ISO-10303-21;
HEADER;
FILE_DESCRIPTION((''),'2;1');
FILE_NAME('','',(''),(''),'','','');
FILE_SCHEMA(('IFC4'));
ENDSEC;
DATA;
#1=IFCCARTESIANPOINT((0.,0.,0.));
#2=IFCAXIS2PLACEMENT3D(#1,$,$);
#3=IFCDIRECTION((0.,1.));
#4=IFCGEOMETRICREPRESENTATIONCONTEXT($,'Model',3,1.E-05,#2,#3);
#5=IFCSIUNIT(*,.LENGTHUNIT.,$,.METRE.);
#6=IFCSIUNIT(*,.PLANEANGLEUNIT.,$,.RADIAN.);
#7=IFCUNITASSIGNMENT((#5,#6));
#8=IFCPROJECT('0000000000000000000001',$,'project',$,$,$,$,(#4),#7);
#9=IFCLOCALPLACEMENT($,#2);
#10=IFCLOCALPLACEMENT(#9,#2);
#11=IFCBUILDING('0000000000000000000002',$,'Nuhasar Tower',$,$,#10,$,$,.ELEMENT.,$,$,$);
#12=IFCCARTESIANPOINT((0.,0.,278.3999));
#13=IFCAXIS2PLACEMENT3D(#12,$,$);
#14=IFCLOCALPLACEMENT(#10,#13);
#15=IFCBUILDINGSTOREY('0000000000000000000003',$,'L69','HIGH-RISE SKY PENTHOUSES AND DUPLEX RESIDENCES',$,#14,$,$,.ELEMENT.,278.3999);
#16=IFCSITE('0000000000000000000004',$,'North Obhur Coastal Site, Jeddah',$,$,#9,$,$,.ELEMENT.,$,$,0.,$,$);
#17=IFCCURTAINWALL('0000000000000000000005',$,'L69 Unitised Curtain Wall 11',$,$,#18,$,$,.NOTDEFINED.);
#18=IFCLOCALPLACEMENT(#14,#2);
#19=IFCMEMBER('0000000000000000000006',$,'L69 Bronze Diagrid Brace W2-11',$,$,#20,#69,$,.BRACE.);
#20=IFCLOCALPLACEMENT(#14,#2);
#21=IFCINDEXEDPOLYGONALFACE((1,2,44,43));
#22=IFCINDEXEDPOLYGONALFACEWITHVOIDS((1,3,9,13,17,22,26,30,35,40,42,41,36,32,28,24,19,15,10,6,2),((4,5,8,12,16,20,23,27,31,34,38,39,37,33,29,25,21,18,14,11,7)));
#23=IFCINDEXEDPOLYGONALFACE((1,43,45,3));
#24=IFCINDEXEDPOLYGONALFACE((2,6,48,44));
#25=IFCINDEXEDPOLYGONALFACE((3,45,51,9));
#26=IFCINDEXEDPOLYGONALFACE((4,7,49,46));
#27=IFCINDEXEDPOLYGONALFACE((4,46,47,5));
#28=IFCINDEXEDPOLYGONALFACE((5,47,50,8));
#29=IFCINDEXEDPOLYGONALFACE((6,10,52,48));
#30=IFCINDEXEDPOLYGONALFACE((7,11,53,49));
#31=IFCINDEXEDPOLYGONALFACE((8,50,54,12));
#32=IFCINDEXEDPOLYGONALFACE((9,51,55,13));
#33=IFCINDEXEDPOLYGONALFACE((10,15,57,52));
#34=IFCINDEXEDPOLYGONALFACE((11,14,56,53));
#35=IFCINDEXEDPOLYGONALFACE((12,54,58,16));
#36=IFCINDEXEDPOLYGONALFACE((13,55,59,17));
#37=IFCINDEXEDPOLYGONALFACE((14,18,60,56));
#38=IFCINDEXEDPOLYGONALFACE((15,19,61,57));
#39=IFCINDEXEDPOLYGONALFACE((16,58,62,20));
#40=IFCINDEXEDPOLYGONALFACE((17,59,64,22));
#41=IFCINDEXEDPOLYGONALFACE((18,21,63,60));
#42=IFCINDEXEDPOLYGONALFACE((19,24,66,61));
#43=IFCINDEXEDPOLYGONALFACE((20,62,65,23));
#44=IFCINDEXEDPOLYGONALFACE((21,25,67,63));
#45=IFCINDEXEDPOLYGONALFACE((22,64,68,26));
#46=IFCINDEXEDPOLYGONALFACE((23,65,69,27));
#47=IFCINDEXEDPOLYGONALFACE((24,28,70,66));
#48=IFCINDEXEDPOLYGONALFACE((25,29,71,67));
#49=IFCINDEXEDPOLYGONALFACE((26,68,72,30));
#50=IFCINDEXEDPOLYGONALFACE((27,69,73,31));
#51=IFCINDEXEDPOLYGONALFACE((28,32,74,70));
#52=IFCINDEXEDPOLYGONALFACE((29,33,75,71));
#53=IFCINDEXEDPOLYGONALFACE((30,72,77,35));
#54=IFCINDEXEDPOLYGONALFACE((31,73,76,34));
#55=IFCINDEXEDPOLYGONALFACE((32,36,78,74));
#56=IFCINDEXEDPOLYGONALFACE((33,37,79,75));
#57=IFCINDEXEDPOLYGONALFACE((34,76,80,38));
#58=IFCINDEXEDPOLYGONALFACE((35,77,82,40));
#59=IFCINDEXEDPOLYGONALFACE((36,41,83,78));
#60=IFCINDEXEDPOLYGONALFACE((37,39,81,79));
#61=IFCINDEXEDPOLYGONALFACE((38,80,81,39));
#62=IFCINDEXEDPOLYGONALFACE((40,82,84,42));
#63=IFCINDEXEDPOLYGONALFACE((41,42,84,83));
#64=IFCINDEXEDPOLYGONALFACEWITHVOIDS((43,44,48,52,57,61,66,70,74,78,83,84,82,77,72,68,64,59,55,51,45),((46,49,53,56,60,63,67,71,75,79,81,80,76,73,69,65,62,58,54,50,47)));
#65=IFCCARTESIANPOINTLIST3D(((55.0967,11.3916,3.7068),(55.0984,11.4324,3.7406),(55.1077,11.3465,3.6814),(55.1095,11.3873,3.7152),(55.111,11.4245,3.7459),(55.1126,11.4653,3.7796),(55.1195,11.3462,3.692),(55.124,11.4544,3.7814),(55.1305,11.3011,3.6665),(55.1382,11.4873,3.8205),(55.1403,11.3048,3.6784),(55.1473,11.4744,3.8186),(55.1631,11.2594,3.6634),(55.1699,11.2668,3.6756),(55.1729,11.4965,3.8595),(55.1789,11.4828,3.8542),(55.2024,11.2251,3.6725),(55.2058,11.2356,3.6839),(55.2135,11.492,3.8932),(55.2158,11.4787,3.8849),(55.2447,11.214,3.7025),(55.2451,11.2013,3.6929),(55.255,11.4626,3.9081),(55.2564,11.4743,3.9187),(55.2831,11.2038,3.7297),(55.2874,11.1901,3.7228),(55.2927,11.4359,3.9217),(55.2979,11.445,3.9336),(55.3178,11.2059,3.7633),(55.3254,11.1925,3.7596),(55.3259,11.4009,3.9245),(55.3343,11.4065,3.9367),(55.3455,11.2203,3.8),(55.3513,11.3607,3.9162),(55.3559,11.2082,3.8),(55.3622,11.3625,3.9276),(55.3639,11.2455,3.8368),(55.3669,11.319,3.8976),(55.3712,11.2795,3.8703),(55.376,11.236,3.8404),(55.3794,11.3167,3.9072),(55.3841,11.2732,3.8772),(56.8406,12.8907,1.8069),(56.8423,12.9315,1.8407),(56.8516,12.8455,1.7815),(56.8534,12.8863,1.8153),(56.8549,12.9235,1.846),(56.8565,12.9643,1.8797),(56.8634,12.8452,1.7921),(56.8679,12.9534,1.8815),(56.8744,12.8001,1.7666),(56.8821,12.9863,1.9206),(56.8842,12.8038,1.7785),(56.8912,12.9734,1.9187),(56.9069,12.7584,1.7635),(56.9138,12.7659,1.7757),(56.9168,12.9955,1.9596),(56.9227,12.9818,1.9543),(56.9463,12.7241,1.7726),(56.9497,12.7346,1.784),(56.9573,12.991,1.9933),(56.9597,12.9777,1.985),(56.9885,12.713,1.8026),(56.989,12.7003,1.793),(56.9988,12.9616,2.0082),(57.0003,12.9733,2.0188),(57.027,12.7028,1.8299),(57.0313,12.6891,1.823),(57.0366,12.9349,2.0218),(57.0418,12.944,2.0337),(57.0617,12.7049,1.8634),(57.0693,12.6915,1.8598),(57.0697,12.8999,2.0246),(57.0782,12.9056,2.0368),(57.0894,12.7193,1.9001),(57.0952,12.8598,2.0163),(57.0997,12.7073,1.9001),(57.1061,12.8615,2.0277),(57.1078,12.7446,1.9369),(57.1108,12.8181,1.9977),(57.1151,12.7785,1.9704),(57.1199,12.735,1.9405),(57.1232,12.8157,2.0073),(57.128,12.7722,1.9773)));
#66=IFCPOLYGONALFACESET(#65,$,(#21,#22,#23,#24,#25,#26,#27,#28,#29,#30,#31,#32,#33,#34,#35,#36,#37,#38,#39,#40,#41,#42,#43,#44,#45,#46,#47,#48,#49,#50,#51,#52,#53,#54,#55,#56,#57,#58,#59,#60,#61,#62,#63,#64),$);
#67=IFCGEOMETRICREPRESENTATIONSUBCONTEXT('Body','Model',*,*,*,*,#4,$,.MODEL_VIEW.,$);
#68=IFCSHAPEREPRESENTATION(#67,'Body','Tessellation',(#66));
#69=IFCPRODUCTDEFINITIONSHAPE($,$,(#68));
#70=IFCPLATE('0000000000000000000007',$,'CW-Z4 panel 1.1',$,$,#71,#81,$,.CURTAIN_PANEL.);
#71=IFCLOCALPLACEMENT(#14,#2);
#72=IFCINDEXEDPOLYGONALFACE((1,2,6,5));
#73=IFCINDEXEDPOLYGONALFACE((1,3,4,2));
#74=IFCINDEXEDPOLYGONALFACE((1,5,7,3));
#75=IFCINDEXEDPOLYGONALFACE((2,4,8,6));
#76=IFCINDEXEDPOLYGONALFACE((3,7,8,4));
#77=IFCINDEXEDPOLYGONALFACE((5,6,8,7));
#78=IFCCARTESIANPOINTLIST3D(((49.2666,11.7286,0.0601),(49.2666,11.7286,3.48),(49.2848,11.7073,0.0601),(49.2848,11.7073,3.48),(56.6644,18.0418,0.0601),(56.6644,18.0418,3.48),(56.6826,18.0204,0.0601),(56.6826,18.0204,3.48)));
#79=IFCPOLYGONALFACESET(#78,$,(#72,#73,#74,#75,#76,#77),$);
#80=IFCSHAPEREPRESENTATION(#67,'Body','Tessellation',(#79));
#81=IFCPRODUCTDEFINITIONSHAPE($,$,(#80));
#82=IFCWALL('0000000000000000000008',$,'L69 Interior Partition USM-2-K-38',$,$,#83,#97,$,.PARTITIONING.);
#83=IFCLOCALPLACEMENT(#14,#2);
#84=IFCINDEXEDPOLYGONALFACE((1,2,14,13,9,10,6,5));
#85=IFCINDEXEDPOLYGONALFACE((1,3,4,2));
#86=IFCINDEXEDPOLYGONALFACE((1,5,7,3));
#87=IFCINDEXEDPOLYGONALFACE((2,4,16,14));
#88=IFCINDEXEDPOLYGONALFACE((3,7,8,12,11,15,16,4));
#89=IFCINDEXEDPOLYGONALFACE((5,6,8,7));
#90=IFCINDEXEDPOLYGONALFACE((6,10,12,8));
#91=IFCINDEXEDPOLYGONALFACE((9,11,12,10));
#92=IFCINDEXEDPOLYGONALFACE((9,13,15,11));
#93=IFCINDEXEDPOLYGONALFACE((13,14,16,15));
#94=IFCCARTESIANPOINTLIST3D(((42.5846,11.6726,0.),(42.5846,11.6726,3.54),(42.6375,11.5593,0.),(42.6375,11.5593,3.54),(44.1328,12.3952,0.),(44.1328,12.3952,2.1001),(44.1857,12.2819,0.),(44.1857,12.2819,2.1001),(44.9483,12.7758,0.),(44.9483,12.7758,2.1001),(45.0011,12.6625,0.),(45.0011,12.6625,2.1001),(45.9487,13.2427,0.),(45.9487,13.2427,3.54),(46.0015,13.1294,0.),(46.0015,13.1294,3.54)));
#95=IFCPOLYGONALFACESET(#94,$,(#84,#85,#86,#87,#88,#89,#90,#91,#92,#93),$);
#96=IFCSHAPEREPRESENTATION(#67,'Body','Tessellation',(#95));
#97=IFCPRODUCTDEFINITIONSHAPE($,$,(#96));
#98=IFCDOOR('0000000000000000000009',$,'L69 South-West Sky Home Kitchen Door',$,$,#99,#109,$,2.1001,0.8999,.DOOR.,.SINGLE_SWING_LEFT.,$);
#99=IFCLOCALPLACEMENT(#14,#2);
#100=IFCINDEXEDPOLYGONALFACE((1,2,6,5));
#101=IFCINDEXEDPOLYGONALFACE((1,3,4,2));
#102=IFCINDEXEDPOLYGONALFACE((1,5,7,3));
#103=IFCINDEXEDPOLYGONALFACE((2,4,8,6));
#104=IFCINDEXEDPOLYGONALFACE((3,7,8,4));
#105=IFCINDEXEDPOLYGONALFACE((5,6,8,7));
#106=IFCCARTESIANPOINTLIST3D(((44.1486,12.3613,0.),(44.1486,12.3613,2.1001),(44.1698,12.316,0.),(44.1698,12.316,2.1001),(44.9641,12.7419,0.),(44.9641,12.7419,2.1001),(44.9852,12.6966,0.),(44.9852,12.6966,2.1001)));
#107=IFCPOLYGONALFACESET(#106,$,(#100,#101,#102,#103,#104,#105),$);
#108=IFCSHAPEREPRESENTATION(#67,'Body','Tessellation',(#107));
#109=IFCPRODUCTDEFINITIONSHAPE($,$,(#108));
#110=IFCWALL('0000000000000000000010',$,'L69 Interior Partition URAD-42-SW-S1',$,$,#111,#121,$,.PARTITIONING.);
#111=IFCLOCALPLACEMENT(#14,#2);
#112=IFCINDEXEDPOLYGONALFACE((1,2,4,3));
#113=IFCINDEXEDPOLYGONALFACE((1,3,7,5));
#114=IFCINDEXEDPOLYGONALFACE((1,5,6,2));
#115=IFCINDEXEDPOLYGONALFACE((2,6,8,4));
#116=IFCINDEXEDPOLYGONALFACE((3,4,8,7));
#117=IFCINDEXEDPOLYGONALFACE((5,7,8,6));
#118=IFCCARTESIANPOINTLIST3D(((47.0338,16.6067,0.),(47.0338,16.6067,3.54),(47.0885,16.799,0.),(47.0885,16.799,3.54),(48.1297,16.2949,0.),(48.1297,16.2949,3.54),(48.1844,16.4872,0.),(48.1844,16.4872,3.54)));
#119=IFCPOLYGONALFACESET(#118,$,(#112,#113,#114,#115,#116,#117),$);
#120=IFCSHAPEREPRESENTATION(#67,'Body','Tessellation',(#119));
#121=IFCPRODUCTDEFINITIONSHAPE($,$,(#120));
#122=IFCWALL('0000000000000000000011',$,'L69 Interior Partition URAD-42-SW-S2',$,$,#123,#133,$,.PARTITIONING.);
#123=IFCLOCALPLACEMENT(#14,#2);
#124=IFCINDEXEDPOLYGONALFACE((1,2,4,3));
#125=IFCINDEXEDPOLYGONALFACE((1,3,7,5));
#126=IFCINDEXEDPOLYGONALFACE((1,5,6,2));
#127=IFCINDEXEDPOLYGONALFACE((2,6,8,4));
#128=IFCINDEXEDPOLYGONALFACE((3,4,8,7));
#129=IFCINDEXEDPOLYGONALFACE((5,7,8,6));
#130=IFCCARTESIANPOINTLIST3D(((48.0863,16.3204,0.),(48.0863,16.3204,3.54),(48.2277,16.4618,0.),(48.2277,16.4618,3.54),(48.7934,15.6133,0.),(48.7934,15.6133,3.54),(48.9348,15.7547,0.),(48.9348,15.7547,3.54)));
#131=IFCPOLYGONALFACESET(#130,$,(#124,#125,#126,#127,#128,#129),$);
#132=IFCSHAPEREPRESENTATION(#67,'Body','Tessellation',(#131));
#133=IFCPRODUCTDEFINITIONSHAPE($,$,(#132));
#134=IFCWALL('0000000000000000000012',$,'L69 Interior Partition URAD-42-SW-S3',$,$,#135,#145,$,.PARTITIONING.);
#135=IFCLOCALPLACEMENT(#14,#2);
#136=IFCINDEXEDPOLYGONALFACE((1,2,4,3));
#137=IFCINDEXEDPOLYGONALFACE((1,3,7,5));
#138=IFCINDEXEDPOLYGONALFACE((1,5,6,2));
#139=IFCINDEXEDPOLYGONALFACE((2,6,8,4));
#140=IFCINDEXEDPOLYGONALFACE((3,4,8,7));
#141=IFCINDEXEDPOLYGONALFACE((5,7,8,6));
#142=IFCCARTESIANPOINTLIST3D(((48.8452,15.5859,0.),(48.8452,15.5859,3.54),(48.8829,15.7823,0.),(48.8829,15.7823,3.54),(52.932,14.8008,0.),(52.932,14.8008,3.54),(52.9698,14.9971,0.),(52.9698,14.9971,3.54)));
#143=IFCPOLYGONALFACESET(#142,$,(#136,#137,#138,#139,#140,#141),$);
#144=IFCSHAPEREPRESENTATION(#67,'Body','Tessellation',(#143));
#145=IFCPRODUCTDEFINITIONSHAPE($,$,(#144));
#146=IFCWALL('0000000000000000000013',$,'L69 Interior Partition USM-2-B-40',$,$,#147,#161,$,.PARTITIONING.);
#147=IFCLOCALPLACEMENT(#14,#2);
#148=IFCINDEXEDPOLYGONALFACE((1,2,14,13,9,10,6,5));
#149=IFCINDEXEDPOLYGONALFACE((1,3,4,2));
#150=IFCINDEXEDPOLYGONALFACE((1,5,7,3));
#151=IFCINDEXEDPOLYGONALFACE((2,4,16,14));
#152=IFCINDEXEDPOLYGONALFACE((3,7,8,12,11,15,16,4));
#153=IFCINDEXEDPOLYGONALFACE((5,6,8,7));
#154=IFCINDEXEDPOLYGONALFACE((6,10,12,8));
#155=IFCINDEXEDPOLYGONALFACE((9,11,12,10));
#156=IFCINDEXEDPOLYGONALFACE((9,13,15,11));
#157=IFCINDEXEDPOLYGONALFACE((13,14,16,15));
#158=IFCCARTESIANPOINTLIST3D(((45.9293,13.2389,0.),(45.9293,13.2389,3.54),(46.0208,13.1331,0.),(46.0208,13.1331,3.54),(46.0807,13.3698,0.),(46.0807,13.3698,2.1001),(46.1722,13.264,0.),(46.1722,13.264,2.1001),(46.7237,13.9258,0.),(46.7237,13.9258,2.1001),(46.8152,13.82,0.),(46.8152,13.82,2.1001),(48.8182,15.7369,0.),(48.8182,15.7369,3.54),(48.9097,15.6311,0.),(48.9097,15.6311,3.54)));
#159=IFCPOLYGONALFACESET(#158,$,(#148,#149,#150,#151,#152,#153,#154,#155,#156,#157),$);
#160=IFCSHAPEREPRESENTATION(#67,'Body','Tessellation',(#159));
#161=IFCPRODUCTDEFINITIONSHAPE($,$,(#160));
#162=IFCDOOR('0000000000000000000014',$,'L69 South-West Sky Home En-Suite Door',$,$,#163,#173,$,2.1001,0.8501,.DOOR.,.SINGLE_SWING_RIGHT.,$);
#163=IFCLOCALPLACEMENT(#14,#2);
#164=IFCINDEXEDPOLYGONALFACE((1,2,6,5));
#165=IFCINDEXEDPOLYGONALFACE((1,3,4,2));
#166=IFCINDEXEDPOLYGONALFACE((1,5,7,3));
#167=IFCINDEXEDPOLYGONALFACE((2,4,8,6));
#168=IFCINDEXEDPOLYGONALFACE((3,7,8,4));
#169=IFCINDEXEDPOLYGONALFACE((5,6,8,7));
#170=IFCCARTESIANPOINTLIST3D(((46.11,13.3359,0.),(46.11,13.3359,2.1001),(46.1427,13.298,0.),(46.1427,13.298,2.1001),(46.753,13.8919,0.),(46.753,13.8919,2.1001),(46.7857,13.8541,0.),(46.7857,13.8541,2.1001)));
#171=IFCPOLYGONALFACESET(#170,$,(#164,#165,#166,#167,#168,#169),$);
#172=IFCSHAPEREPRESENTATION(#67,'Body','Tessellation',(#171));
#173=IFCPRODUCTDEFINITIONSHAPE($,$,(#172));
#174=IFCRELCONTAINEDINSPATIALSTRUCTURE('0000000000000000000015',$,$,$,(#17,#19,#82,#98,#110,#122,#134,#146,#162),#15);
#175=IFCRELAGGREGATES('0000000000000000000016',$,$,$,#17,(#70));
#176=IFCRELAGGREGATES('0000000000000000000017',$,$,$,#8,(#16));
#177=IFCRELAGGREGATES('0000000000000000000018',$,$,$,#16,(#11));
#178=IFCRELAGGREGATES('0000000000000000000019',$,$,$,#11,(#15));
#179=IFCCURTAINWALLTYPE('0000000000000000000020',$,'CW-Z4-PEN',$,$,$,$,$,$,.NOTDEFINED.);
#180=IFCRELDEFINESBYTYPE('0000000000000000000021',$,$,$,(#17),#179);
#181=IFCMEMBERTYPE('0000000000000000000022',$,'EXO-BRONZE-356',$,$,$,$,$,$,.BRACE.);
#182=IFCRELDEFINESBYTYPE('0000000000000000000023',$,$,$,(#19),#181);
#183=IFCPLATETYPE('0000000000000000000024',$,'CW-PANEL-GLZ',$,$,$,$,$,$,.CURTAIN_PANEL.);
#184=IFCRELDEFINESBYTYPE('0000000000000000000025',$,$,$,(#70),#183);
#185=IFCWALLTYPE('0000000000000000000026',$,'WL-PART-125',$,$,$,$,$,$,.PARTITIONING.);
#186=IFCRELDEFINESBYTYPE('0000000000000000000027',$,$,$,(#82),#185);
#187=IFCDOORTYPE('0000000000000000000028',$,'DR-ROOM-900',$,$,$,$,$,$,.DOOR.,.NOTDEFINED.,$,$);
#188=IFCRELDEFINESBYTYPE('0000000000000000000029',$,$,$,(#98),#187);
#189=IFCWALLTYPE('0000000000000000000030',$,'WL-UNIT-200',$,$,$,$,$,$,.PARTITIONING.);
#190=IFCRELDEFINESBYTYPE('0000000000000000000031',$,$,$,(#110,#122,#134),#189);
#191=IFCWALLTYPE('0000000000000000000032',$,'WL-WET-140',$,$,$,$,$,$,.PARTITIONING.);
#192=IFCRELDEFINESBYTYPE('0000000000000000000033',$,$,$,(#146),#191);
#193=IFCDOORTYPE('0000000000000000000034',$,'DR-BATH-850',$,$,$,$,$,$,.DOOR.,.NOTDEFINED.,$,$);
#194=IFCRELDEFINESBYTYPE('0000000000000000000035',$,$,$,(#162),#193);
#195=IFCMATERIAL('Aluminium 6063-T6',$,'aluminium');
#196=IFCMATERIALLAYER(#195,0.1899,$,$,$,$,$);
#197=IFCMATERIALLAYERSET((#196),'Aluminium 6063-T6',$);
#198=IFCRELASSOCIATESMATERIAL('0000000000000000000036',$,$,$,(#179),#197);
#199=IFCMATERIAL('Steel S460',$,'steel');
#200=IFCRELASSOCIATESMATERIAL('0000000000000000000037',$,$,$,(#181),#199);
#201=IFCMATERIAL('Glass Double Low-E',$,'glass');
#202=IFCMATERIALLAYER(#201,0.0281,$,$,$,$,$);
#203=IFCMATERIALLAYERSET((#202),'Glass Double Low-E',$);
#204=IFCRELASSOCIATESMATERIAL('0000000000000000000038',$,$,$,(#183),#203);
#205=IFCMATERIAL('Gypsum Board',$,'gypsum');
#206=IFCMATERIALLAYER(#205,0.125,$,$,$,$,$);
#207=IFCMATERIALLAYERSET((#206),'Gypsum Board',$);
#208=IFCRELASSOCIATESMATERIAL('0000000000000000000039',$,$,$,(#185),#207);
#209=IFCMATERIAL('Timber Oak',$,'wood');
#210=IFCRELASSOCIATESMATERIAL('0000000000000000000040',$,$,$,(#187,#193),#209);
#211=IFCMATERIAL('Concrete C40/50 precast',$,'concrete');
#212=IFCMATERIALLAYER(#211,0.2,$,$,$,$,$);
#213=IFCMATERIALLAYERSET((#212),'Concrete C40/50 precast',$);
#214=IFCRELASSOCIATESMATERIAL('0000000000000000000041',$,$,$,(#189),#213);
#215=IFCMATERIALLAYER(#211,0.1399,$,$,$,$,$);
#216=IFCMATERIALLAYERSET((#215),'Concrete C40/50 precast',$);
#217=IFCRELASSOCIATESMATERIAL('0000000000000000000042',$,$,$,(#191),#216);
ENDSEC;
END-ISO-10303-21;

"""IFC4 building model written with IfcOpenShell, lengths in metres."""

from ifc_helpers import new_model, si_unit, direction, frame, frame_2d, origin, origin_2d, place, context, subcontext, project, spatial, rectangle, hollow_circle, extrude, material, layer, layer_set, material_profile, profile_set, type_object, element, fill, aggregate, save


model = new_model("IFC4")

# Units and contexts
model_context = context("Model", 3, precision=1e-05, world=origin(), true_north=direction((0.0, 1.0)))
body_context = subcontext(model_context, "Body", "Model", "MODEL_VIEW")
ifc_project = project(units=[si_unit("LENGTHUNIT", "METRE"), si_unit("PLANEANGLEUNIT", "RADIAN")], contexts=[model_context])

# Site, building, storey
site_placement = place(None, origin())
site = spatial("IfcSite", under=ifc_project, at=site_placement, Name="North Obhur Coastal Site, Jeddah", CompositionType="ELEMENT", RefElevation=0.0)
building_placement = place(site_placement, origin())
building = spatial("IfcBuilding", under=site, at=building_placement, Name="Nuhasar Tower", CompositionType="ELEMENT")
storey_placement = place(building_placement, frame((0.0, 0.0, 278.3999)))
storey = spatial("IfcBuildingStorey", under=building, at=storey_placement, Name="L69", Description="HIGH-RISE SKY PENTHOUSES AND DUPLEX RESIDENCES", CompositionType="ELEMENT", Elevation=278.3999)

# Shared definitions
ifc_material_1 = material(Name="Aluminium 6063-T6", Category="aluminium")
ifc_layer_1 = layer(ifc_material_1, 0.1899)
ifc_layer_set_1 = layer_set([ifc_layer_1], Name="Aluminium 6063-T6")
curtain_wall_type = type_object("IfcCurtainWallType", Name="CW-Z4-PEN", PredefinedType="NOTDEFINED", material=ifc_layer_set_1)

# Curtain wall
curtain_wall_1_placement = place(storey_placement, origin())
curtain_wall_1 = element("IfcCurtainWall", 1, at=curtain_wall_1_placement, inside=storey, type_object=curtain_wall_type, Name="L69 Unitised Curtain Wall 11", PredefinedType="NOTDEFINED")

# Member
ifc_material_2 = material(Name="Steel S460", Category="steel")
ifc_material_profile_1 = material_profile(ifc_material_2, hollow_circle(Radius=0.1777, WallThickness=0.0159, at=origin_2d()), Name="HSS355.6X15.9")
ifc_profile_set_1 = profile_set([ifc_material_profile_1], Name="Steel S460")
member_type_1 = type_object("IfcMemberType", Name="EXO-BRONZE-356", PredefinedType="BRACE", material=ifc_profile_set_1)
member_1_placement = place(storey_placement, frame((56.9839, 12.842, 1.9001), z_axis=(-0.584625, -0.502534, 0.636925), x_axis=(0.651857, -0.758342, 0.0)))
element("IfcMember", 2, at=member_1_placement, inside=storey, type_object=member_type_1, Name="L69 Bronze Diagrid Brace W2-11", PredefinedType="BRACE", context=body_context, shape_type="SweptSolid", body=[
    extrude(hollow_circle(Radius=0.1777, WallThickness=0.0159, at=origin_2d()), origin(), (0.0, 0.0, 1.0), 2.9829),
])

# Plate
ifc_material_3 = material(Name="Glass Double Low-E", Category="glass")
ifc_layer_2 = layer(ifc_material_3, 0.0281)
ifc_layer_set_2 = layer_set([ifc_layer_2], Name="Glass Double Low-E")
plate_type = type_object("IfcPlateType", Name="CW-PANEL-GLZ", PredefinedType="CURTAIN_PANEL", material=ifc_layer_set_2)
plate_placement = place(storey_placement, frame((52.9746, 14.8745, 0.0601), z_axis=(0.0, 0.0, 1.0), x_axis=(0.760667, 0.649142, 0.0)))
plate = element("IfcPlate", 3, at=plate_placement, type_object=plate_type, Name="CW-Z4 panel 1.1", PredefinedType="CURTAIN_PANEL", context=body_context, shape_type="SweptSolid", body=[
    extrude(rectangle(XDim=9.7253, YDim=0.0281, at=origin_2d()), origin(), (0.0, 0.0, 1.0), 3.4199),
])
aggregate(curtain_wall_1, [plate])

# Wall, opening, door
ifc_material_4 = material(Name="Gypsum Board", Category="gypsum")
ifc_layer_3 = layer(ifc_material_4, 0.125)
ifc_layer_set_3 = layer_set([ifc_layer_3], Name="Gypsum Board")
wall_type_1 = type_object("IfcWallType", Name="WL-PART-125", PredefinedType="PARTITIONING", material=ifc_layer_set_3)
wall_1_placement = place(storey_placement, frame((45.9751, 13.186, 0.0), z_axis=(0.0, 0.0, 1.0), x_axis=(-0.906163, -0.422929, 0.0)))
wall_1 = element("IfcWall", 4, at=wall_1_placement, inside=storey, type_object=wall_type_1, Name="L69 Interior Partition USM-2-K-38", PredefinedType="PARTITIONING", context=body_context, shape_type="SweptSolid", body=[
    extrude(rectangle(XDim=3.7124, YDim=0.125, at=frame_2d((1.8562, 0.0))), origin(), (0.0, 0.0, 1.0), 3.54),
])
opening_1_placement = place(wall_1_placement, frame((1.104, 0.0, 0.0)))
opening_1 = element("IfcOpeningElement", 5, at=opening_1_placement, cuts=wall_1, PredefinedType="OPENING", context=body_context, shape_type="SweptSolid", body=[
    extrude(rectangle(XDim=0.8999, YDim=2.1001, at=frame_2d((0.45, 1.05))), frame((0.0, 0.0725, 0.0), z_axis=(0.0, -1.0, 0.0), x_axis=(1.0, 0.0, 0.0)), (0.0, 0.0, 1.0), 0.145),
])
ifc_material_5 = material(Name="Timber Oak", Category="wood")
door_type_1 = type_object("IfcDoorType", Name="DR-ROOM-900", OperationType="NOTDEFINED", PredefinedType="DOOR", material=ifc_material_5)
door_1_placement = place(opening_1_placement, origin())
door_1 = element("IfcDoor", 6, at=door_1_placement, inside=storey, type_object=door_type_1, Name="L69 South-West Sky Home Kitchen Door", OperationType="SINGLE_SWING_LEFT", OverallHeight=2.1001, OverallWidth=0.8999, PredefinedType="DOOR", context=body_context, shape_type="SweptSolid", body=[
    extrude(rectangle(XDim=0.8999, YDim=2.1001, at=frame_2d((0.45, 1.05))), frame((0.0, 0.0249, 0.0), z_axis=(0.0, -1.0, 0.0), x_axis=(1.0, 0.0, 0.0)), (0.0, 0.0, 1.0), 0.05),
])
fill(opening_1, door_1)

# Walls
ifc_material_6 = material(Name="Concrete C40/50 precast", Category="concrete")
ifc_layer_4 = layer(ifc_material_6, 0.2)
ifc_layer_set_4 = layer_set([ifc_layer_4], Name="Concrete C40/50 precast")
wall_type_2 = type_object("IfcWallType", Name="WL-UNIT-200", PredefinedType="PARTITIONING", material=ifc_layer_set_4)
wall_2_placement = place(storey_placement, frame((47.061, 16.7029, 0.0), z_axis=(0.0, 0.0, 1.0), x_axis=(0.961839, -0.273617, 0.0)))
element("IfcWall", 7, at=wall_2_placement, inside=storey, type_object=wall_type_2, Name="L69 Interior Partition URAD-42-SW-S1", PredefinedType="PARTITIONING", context=body_context, shape_type="SweptSolid", body=[
    extrude(rectangle(XDim=1.1394, YDim=0.2, at=frame_2d((0.5698, 0.0))), origin(), (0.0, 0.0, 1.0), 3.54),
])
wall_3_placement = place(storey_placement, frame((48.157, 16.3911, 0.0), z_axis=(0.0, 0.0, 1.0), x_axis=(0.707107, -0.707107, 0.0)))
element("IfcWall", 8, at=wall_3_placement, inside=storey, type_object=wall_type_2, Name="L69 Interior Partition URAD-42-SW-S2", PredefinedType="PARTITIONING", context=body_context, shape_type="SweptSolid", body=[
    extrude(rectangle(XDim=1.0, YDim=0.2, at=frame_2d((0.5, 0.0))), origin(), (0.0, 0.0, 1.0), 3.54),
])
wall_4_placement = place(storey_placement, frame((48.864, 15.6841, 0.0), z_axis=(0.0, 0.0, 1.0), x_axis=(0.982042, -0.188665, 0.0)))
element("IfcWall", 9, at=wall_4_placement, inside=storey, type_object=wall_type_2, Name="L69 Interior Partition URAD-42-SW-S3", PredefinedType="PARTITIONING", context=body_context, shape_type="SweptSolid", body=[
    extrude(rectangle(XDim=4.1616, YDim=0.2, at=frame_2d((2.0808, 0.0))), origin(), (0.0, 0.0, 1.0), 3.54),
])

# Wall, opening, door
ifc_layer_5 = layer(ifc_material_6, 0.1399)
ifc_layer_set_5 = layer_set([ifc_layer_5], Name="Concrete C40/50 precast")
wall_type_3 = type_object("IfcWallType", Name="WL-WET-140", PredefinedType="PARTITIONING", material=ifc_layer_set_5)
wall_5_placement = place(storey_placement, frame((48.864, 15.6841, 0.0), z_axis=(0.0, 0.0, 1.0), x_axis=(-0.756425, -0.654081, 0.0)))
wall_5 = element("IfcWall", 10, at=wall_5_placement, inside=storey, type_object=wall_type_3, Name="L69 Interior Partition USM-2-B-40", PredefinedType="PARTITIONING", context=body_context, shape_type="SweptSolid", body=[
    extrude(rectangle(XDim=3.8191, YDim=0.1399, at=frame_2d((1.9097, 0.0))), origin(), (0.0, 0.0, 1.0), 3.54),
])
opening_2_placement = place(wall_5_placement, frame((2.769, 0.0, 0.0)))
opening_2 = element("IfcOpeningElement", 11, at=opening_2_placement, cuts=wall_5, PredefinedType="OPENING", context=body_context, shape_type="SweptSolid", body=[
    extrude(rectangle(XDim=0.8501, YDim=2.1001, at=frame_2d((0.425, 1.05))), frame((0.0, 0.0801, 0.0), z_axis=(0.0, -1.0, 0.0), x_axis=(1.0, 0.0, 0.0)), (0.0, 0.0, 1.0), 0.1599),
])
door_type_2 = type_object("IfcDoorType", Name="DR-BATH-850", OperationType="NOTDEFINED", PredefinedType="DOOR", material=ifc_material_5)
door_2_placement = place(opening_2_placement, origin())
door_2 = element("IfcDoor", 12, at=door_2_placement, inside=storey, type_object=door_type_2, Name="L69 South-West Sky Home En-Suite Door", OperationType="SINGLE_SWING_RIGHT", OverallHeight=2.1001, OverallWidth=0.8501, PredefinedType="DOOR", context=body_context, shape_type="SweptSolid", body=[
    extrude(rectangle(XDim=0.8501, YDim=2.1001, at=frame_2d((0.425, 1.05))), frame((0.0, 0.0249, 0.0), z_axis=(0.0, -1.0, 0.0), x_axis=(1.0, 0.0, 0.0)), (0.0, 0.0, 1.0), 0.05),
])
fill(opening_2, door_2)

save(model, "model.ifc")
